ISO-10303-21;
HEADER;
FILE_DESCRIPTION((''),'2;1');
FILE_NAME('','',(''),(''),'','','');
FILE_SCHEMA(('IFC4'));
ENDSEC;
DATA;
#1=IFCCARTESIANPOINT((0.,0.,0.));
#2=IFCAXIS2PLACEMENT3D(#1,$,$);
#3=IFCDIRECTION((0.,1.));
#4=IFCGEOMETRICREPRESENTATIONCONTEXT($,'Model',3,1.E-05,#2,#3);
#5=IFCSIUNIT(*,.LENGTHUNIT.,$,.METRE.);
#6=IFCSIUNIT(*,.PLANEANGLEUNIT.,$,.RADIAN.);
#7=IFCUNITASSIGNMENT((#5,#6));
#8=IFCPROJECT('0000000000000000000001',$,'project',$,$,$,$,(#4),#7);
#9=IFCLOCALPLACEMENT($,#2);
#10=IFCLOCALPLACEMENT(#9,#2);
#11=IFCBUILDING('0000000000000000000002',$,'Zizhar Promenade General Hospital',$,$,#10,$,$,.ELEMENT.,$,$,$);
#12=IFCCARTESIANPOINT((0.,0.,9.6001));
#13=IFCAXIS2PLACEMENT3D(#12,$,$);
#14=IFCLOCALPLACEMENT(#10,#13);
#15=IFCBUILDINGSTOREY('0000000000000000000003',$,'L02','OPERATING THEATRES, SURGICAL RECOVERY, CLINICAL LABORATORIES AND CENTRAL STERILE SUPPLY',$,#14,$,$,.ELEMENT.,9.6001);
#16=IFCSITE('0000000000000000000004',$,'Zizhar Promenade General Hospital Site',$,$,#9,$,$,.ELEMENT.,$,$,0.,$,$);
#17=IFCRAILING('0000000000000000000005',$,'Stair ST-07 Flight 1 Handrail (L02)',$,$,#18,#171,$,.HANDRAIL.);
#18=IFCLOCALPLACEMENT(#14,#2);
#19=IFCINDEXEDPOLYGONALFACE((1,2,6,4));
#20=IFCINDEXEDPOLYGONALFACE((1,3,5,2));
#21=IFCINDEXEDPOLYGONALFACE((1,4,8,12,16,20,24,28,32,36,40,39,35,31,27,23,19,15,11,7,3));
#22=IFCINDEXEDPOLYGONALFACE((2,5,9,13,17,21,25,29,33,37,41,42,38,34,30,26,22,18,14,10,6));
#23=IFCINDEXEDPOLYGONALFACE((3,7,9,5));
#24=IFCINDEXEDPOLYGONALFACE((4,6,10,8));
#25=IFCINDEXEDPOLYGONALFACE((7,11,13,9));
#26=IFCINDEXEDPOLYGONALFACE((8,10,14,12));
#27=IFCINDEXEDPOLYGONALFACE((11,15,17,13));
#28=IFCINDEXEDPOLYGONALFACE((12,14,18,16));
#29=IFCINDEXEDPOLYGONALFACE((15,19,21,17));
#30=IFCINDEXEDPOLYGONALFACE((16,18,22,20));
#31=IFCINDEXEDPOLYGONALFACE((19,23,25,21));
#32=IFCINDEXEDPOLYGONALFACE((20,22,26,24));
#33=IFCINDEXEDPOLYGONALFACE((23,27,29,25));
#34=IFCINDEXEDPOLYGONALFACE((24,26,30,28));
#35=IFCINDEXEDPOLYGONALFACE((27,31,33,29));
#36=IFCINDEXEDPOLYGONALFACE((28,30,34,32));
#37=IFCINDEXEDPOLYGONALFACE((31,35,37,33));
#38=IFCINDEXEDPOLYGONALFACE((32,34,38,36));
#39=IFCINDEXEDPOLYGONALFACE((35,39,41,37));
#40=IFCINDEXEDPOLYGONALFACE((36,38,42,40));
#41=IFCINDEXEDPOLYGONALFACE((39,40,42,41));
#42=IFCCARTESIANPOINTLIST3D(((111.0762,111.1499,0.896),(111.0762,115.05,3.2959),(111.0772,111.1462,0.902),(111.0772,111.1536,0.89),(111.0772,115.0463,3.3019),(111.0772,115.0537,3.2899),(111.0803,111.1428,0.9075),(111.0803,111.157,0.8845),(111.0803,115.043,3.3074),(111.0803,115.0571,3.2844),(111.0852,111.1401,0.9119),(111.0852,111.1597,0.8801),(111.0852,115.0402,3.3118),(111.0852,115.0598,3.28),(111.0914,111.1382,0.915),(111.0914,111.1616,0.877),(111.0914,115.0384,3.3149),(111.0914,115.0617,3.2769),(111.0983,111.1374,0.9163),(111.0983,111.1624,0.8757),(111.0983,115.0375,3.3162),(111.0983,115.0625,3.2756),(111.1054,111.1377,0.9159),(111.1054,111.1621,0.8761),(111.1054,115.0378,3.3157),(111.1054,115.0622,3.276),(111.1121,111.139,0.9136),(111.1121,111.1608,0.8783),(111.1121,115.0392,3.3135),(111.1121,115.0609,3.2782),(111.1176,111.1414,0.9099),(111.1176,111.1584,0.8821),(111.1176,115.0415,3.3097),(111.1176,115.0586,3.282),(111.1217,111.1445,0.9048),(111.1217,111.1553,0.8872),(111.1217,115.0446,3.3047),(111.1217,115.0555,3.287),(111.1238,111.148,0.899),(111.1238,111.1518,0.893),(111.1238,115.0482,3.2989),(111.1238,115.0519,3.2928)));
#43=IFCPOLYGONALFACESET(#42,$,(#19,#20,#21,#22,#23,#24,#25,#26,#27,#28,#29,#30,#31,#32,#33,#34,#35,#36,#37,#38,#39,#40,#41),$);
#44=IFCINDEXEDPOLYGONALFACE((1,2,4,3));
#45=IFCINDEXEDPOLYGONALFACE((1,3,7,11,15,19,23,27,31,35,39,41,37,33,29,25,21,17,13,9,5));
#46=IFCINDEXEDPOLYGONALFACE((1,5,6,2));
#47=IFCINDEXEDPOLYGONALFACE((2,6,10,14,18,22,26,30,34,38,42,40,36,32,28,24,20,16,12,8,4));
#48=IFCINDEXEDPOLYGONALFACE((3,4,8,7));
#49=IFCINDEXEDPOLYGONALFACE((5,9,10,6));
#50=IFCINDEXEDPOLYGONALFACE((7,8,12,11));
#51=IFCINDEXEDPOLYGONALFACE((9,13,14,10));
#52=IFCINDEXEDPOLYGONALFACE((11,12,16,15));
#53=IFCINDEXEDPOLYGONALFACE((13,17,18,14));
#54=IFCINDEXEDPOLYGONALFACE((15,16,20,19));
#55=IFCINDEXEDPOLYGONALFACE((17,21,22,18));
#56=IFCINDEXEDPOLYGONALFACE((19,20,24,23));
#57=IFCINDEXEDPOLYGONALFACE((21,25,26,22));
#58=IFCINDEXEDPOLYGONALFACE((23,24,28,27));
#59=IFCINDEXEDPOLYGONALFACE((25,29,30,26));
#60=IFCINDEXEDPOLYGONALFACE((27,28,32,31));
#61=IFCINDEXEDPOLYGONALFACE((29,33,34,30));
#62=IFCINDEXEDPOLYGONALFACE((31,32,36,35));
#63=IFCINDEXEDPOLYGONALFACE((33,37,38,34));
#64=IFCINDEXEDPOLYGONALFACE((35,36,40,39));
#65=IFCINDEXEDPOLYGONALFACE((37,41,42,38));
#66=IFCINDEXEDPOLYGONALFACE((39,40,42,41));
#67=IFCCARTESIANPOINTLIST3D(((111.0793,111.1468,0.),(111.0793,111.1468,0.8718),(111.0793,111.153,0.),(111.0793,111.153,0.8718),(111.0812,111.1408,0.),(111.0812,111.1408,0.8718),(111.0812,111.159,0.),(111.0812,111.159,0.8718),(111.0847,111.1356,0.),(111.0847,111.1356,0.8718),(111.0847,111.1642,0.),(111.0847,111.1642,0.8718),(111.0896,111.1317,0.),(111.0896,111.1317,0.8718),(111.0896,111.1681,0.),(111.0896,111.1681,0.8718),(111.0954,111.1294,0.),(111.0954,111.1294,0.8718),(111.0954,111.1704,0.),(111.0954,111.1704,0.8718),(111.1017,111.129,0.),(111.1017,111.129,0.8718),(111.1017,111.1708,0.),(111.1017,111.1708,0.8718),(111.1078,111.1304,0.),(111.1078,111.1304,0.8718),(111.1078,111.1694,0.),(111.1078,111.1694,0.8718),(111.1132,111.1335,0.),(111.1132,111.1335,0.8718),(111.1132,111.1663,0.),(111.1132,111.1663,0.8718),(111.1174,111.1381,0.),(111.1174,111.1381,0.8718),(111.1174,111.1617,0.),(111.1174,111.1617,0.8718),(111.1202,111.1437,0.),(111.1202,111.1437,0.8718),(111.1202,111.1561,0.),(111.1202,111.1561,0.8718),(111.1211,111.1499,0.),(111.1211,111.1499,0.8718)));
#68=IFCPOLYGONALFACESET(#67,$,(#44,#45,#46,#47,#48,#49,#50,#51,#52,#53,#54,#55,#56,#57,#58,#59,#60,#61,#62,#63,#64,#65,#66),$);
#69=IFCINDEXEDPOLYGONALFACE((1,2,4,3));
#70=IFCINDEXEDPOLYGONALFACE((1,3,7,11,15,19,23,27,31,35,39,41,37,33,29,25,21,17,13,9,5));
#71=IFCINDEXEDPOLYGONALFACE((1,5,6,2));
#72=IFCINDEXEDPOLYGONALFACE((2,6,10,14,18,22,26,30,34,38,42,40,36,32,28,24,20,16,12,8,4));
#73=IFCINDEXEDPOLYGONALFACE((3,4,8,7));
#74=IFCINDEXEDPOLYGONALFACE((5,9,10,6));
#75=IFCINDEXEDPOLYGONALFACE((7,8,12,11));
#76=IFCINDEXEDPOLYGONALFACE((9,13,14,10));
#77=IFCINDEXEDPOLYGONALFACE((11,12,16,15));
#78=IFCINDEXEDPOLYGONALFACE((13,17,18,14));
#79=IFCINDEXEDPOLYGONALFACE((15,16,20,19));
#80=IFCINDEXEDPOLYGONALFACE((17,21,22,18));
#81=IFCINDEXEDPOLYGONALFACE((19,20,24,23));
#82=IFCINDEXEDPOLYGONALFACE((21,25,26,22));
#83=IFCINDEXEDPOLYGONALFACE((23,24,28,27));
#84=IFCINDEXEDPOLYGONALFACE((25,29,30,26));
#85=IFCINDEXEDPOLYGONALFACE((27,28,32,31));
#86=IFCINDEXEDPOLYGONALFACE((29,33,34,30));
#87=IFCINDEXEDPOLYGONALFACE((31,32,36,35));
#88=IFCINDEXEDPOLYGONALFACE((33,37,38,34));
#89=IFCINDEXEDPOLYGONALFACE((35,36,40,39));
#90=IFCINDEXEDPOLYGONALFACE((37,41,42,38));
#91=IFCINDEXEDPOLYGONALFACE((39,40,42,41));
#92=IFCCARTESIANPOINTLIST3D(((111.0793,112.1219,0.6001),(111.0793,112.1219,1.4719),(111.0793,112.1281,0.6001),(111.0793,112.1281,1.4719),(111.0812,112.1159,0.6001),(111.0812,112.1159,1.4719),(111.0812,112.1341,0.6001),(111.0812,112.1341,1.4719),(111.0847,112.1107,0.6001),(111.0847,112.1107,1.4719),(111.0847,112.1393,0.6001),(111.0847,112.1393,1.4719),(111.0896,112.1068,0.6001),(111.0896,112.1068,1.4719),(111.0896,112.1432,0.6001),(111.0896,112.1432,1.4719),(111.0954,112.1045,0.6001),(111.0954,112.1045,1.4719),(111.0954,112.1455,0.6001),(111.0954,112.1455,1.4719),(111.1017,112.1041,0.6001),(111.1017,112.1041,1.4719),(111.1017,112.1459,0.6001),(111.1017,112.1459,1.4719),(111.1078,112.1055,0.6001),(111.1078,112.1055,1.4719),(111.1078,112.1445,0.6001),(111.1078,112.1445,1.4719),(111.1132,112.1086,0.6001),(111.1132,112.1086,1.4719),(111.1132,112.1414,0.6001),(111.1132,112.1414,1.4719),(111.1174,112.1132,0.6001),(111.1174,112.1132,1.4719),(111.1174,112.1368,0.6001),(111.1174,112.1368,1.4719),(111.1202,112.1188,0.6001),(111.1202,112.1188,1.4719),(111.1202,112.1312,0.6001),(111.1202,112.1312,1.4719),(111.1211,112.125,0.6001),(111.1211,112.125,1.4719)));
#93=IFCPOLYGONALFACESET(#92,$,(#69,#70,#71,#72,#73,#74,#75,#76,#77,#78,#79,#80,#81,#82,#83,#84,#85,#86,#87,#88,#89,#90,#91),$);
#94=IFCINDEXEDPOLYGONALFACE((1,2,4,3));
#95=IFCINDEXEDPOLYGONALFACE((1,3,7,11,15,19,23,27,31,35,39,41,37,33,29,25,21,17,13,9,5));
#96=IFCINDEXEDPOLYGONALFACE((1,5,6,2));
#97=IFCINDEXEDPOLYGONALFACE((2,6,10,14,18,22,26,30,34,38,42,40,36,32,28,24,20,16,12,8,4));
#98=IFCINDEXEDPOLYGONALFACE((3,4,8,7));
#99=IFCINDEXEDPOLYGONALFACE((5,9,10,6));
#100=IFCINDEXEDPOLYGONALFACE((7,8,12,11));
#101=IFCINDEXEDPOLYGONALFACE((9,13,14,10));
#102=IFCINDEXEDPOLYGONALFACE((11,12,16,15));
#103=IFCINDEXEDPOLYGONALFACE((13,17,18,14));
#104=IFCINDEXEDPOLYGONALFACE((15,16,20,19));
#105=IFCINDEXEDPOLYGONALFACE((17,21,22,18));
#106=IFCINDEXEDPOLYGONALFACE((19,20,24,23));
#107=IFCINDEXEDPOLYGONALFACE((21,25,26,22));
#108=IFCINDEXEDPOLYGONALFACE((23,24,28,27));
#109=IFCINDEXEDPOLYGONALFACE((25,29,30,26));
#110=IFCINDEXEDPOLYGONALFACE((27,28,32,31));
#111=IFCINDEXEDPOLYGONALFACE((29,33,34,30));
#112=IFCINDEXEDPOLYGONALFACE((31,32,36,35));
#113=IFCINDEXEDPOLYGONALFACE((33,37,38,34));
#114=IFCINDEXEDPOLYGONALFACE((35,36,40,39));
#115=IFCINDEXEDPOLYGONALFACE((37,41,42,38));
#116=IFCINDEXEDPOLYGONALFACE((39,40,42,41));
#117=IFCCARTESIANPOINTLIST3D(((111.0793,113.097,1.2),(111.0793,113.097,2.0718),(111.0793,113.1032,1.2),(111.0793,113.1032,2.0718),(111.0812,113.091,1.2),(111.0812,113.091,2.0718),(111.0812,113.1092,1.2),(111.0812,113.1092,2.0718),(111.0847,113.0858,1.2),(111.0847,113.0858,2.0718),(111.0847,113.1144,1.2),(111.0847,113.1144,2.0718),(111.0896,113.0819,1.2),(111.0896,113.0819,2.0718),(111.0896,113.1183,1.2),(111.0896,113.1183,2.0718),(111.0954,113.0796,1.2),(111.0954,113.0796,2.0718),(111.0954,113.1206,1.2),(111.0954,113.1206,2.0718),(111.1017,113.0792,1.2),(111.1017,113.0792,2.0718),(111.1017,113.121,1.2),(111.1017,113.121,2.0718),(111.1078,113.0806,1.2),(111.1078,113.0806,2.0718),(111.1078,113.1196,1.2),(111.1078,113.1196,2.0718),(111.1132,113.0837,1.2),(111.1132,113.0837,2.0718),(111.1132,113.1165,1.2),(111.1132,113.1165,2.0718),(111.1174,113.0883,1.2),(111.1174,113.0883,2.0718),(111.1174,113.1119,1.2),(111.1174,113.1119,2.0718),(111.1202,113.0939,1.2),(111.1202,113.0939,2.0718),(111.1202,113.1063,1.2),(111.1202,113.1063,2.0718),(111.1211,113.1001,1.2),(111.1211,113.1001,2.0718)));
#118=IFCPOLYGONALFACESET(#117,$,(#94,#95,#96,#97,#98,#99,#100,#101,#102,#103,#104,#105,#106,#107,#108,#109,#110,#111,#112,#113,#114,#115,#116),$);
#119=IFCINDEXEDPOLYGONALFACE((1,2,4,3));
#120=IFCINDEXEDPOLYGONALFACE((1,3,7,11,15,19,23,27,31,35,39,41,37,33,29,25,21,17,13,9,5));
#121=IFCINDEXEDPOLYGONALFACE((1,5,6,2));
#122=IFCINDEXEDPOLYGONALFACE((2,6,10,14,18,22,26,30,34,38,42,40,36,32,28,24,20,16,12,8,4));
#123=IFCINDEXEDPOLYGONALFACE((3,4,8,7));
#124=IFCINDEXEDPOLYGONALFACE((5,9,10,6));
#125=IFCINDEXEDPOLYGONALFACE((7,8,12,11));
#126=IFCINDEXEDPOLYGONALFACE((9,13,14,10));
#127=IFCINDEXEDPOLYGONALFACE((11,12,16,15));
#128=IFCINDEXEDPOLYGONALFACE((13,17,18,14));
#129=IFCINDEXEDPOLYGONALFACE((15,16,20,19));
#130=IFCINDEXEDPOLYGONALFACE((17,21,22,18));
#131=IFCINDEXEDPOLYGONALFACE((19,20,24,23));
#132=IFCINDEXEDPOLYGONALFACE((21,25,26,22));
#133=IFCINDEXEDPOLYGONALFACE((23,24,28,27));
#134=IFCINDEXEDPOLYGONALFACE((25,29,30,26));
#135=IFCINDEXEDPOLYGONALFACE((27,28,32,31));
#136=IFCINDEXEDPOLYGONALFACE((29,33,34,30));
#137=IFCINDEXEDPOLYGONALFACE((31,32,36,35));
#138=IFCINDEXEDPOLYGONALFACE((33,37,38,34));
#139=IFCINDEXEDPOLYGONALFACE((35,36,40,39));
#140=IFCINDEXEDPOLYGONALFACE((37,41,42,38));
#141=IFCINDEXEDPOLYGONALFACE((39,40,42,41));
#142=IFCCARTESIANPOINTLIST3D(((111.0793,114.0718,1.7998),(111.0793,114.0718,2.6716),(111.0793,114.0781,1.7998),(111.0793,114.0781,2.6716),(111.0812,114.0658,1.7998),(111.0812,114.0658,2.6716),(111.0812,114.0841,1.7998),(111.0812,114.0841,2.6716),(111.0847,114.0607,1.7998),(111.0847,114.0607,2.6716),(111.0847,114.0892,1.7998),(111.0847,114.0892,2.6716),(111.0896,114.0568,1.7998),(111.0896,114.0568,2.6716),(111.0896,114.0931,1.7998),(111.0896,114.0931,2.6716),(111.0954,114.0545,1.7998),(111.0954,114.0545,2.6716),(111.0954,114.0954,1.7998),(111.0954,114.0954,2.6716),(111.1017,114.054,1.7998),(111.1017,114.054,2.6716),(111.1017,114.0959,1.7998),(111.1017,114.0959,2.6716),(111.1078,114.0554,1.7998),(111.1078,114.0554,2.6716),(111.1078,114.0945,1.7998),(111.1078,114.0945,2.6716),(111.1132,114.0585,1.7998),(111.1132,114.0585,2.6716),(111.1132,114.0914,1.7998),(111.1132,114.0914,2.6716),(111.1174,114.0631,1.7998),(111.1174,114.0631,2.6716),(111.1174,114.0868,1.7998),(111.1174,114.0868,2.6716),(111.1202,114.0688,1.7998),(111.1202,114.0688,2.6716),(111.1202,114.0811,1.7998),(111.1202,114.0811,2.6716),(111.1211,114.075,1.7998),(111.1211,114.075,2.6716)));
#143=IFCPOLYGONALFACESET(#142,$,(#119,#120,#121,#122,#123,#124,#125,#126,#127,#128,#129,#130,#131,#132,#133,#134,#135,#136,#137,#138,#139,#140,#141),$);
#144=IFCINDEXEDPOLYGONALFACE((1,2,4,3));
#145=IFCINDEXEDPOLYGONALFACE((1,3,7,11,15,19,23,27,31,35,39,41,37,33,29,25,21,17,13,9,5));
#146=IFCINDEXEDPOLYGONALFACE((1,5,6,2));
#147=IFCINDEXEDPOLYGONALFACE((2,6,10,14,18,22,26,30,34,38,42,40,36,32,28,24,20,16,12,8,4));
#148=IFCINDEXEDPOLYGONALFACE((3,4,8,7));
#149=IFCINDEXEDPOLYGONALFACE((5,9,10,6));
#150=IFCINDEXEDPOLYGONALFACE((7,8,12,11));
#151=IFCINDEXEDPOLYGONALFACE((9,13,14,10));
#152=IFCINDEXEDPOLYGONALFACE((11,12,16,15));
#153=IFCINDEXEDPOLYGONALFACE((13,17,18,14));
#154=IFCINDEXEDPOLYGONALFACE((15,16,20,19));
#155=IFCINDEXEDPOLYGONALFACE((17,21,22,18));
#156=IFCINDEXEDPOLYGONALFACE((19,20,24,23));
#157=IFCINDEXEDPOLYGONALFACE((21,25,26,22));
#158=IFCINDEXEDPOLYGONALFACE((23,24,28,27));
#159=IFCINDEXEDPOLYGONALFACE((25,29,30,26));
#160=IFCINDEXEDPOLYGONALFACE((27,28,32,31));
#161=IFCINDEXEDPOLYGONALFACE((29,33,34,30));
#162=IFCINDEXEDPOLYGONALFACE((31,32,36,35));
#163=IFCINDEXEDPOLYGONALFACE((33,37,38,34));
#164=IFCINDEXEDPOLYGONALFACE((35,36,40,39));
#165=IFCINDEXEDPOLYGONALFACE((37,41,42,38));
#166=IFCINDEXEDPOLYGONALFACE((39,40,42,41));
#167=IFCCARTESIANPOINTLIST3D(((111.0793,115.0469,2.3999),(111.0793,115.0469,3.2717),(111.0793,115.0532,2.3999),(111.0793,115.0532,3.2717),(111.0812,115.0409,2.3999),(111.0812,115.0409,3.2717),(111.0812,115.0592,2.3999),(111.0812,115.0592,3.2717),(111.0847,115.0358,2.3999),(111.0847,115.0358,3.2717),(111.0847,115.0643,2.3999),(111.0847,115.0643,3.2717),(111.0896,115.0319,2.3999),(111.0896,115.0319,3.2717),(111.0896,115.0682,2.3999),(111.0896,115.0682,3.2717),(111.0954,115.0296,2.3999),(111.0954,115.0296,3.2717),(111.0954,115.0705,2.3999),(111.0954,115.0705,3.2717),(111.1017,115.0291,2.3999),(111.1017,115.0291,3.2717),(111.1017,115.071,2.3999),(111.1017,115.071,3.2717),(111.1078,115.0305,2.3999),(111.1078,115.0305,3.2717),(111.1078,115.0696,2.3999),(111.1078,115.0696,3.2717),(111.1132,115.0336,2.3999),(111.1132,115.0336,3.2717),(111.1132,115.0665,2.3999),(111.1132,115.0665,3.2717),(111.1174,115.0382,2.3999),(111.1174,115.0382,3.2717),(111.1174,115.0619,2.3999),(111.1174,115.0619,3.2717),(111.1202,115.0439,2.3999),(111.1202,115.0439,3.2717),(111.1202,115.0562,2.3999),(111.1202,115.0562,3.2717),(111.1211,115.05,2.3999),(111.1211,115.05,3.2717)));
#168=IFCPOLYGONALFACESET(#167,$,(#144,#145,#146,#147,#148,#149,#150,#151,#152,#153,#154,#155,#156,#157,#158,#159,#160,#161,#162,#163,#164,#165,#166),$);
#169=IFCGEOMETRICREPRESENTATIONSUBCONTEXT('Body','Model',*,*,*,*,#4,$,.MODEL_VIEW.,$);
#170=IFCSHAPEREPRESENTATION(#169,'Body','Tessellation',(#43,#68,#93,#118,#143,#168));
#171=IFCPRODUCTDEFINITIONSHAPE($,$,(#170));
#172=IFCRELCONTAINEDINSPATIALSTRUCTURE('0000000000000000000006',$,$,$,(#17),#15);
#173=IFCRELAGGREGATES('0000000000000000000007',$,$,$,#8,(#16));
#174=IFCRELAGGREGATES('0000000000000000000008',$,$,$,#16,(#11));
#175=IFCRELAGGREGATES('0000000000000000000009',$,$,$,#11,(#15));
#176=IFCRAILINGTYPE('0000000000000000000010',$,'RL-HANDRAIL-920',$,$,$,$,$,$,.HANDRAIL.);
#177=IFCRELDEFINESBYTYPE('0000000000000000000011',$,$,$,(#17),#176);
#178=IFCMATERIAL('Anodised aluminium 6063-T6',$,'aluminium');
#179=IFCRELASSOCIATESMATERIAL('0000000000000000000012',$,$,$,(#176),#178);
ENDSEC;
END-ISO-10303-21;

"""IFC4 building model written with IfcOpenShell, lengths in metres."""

from ifc_helpers import new_model, si_unit, direction, frame, origin, origin_2d, place, context, subcontext, project, spatial, circle, hollow_circle, extrude, material, material_profile, profile_set, type_object, element, save


model = new_model("IFC4")

# Units and contexts
model_context = context("Model", 3, precision=1e-05, world=origin(), true_north=direction((0.0, 1.0)))
body_context = subcontext(model_context, "Body", "Model", "MODEL_VIEW")
ifc_project = project(units=[si_unit("LENGTHUNIT", "METRE"), si_unit("PLANEANGLEUNIT", "RADIAN")], contexts=[model_context])

# Site, building, storey
site_placement = place(None, origin())
site = spatial("IfcSite", under=ifc_project, at=site_placement, Name="Zizhar Promenade General Hospital Site", CompositionType="ELEMENT", RefElevation=0.0)
building_placement = place(site_placement, origin())
building = spatial("IfcBuilding", under=site, at=building_placement, Name="Zizhar Promenade General Hospital", CompositionType="ELEMENT")
storey_placement = place(building_placement, frame((0.0, 0.0, 9.6001)))
storey = spatial("IfcBuildingStorey", under=building, at=storey_placement, Name="L02", Description="OPERATING THEATRES, SURGICAL RECOVERY, CLINICAL LABORATORIES AND CENTRAL STERILE SUPPLY", CompositionType="ELEMENT", Elevation=9.6001)

# Railing
ifc_material_1 = material(Name="Anodised aluminium 6063-T6", Category="aluminium")
ifc_material_profile_1 = material_profile(ifc_material_1, hollow_circle(Radius=0.0698, WallThickness=0.0063, at=origin_2d()))
ifc_profile_set_1 = profile_set([ifc_material_profile_1], Name="Anodised aluminium 6063-T6")
railing_type_1 = type_object("IfcRailingType", Name="RL-HANDRAIL-920", PredefinedType="HANDRAIL", material=ifc_profile_set_1)
railing_1_placement = place(storey_placement, frame((111.1001, 111.1499, 0.0)))
element("IfcRailing", 1, at=railing_1_placement, inside=storey, type_object=railing_type_1, Name="Stair ST-07 Flight 1 Handrail (L02)", PredefinedType="HANDRAIL", context=body_context, shape_type="SweptSolid", body=[
    extrude(circle(Radius=0.0239, at=origin_2d()), frame((0.0, 0.0, 0.896), z_axis=(0.0, 0.851677, 0.524068), x_axis=(-1.0, 0.0, 0.0)), (0.0, 0.0, 1.0), 4.5793),
    extrude(circle(Radius=0.021, at=origin_2d()), origin(), (0.0, 0.0, 1.0), 0.8718),
    extrude(circle(Radius=0.021, at=origin_2d()), frame((0.0, 0.9751, 0.6001)), (0.0, 0.0, 1.0), 0.8718),
    extrude(circle(Radius=0.021, at=origin_2d()), frame((0.0, 1.9502, 1.2)), (0.0, 0.0, 1.0), 0.8718),
    extrude(circle(Radius=0.021, at=origin_2d()), frame((0.0, 2.925, 1.7998)), (0.0, 0.0, 1.0), 0.8718),
    extrude(circle(Radius=0.021, at=origin_2d()), frame((0.0, 3.9001, 2.3999)), (0.0, 0.0, 1.0), 0.8718),
])

save(model, "model.ifc")
